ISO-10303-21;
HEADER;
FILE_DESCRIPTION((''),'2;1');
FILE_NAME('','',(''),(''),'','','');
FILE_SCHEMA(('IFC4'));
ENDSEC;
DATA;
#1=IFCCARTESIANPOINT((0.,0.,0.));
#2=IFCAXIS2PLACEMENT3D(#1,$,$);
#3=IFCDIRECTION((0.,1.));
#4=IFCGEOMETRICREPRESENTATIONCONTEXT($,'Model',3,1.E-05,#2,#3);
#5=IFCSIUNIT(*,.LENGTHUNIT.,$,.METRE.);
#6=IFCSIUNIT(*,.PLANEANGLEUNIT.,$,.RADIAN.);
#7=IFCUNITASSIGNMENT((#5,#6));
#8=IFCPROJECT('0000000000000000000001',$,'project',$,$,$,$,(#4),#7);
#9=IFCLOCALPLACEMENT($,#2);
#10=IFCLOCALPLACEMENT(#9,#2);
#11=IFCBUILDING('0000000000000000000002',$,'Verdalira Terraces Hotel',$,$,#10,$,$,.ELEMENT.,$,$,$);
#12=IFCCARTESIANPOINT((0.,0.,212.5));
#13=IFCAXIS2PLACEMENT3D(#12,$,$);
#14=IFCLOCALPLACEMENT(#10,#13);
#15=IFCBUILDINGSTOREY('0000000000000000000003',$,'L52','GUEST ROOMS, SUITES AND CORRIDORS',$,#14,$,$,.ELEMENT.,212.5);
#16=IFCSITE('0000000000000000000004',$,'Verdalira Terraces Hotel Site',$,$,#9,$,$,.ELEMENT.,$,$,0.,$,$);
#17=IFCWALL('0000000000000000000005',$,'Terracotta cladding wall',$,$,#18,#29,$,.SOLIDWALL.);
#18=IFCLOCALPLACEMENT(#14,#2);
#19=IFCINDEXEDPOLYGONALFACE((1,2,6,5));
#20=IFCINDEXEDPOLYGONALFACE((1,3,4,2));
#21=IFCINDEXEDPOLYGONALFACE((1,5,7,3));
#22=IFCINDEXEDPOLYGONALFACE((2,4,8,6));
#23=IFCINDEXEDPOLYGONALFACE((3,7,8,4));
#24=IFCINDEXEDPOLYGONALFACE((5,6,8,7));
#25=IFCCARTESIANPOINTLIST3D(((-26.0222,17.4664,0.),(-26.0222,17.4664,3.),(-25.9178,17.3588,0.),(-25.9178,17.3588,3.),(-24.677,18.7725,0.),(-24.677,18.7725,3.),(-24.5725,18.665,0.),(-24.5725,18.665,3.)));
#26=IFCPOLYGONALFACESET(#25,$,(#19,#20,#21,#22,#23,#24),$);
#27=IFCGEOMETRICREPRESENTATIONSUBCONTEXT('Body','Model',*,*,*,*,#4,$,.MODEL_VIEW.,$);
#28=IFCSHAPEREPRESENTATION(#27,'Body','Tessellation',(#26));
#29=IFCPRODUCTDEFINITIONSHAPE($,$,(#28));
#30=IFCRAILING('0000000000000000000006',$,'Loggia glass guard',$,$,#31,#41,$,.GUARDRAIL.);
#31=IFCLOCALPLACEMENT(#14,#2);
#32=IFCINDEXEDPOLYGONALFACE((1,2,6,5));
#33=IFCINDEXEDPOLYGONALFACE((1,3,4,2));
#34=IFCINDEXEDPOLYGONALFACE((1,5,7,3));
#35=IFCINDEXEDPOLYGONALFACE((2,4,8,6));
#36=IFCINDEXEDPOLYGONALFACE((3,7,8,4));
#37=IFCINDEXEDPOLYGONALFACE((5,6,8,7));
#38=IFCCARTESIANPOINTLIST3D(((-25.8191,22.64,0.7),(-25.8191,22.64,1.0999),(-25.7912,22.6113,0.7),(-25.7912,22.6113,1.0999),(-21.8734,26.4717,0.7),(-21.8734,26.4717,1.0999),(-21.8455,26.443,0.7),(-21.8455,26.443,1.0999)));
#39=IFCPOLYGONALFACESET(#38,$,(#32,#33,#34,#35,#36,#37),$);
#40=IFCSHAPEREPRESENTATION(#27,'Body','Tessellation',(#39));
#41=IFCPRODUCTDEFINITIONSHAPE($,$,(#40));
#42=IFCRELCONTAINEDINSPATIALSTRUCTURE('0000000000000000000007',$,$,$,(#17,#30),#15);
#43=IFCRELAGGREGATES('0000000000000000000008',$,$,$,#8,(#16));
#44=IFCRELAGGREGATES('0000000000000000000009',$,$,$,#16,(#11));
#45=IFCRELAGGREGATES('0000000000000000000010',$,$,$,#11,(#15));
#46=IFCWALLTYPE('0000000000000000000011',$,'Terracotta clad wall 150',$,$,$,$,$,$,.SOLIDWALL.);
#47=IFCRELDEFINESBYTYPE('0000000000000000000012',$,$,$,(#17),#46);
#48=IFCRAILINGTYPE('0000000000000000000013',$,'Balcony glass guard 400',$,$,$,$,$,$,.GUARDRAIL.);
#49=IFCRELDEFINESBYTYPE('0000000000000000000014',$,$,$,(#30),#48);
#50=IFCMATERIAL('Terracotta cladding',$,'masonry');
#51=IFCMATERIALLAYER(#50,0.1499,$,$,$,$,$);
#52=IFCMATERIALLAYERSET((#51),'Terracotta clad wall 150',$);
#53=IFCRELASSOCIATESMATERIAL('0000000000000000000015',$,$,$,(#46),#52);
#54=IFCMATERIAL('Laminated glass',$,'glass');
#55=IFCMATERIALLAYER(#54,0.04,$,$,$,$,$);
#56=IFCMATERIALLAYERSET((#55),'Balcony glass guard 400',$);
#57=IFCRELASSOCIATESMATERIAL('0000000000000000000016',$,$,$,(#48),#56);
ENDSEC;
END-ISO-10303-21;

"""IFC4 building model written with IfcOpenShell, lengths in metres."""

from ifc_helpers import new_model, si_unit, direction, frame, frame_2d, origin, origin_2d, place, context, subcontext, project, spatial, rectangle, extrude, material, layer, layer_set, type_object, element, save


model = new_model("IFC4")

# Units and contexts
model_context = context("Model", 3, precision=1e-05, world=origin(), true_north=direction((0.0, 1.0)))
body_context = subcontext(model_context, "Body", "Model", "MODEL_VIEW")
ifc_project = project(units=[si_unit("LENGTHUNIT", "METRE"), si_unit("PLANEANGLEUNIT", "RADIAN")], contexts=[model_context])

# Site, building, storey
site_placement = place(None, origin())
site = spatial("IfcSite", under=ifc_project, at=site_placement, Name="Verdalira Terraces Hotel Site", CompositionType="ELEMENT", RefElevation=0.0)
building_placement = place(site_placement, origin())
building = spatial("IfcBuilding", under=site, at=building_placement, Name="Verdalira Terraces Hotel", CompositionType="ELEMENT")
storey_placement = place(building_placement, frame((0.0, 0.0, 212.5)))
storey = spatial("IfcBuildingStorey", under=building, at=storey_placement, Name="L52", Description="GUEST ROOMS, SUITES AND CORRIDORS", CompositionType="ELEMENT", Elevation=212.5)

# Wall
ifc_material_1 = material(Name="Terracotta cladding", Category="masonry")
ifc_layer_1 = layer(ifc_material_1, 0.1499)
ifc_layer_set_1 = layer_set([ifc_layer_1], Name="Terracotta clad wall 150")
wall_type_1 = type_object("IfcWallType", Name="Terracotta clad wall 150", PredefinedType="SOLIDWALL", material=ifc_layer_set_1)
wall_1_placement = place(storey_placement, frame((-24.6248, 18.7188, 0.0), z_axis=(0.0, 0.0, 1.0), x_axis=(-0.717447, -0.696613, 0.0)))
element("IfcWall", 1, at=wall_1_placement, inside=storey, type_object=wall_type_1, Name="Terracotta cladding wall", PredefinedType="SOLIDWALL", context=body_context, shape_type="SweptSolid", body=[
    extrude(rectangle(XDim=1.875, YDim=0.1499, at=frame_2d((0.9375, 0.0))), origin(), (0.0, 0.0, 1.0), 3.0),
])

# Railing
ifc_material_2 = material(Name="Laminated glass", Category="glass")
ifc_layer_2 = layer(ifc_material_2, 0.04)
ifc_layer_set_2 = layer_set([ifc_layer_2], Name="Balcony glass guard 400")
railing_type = type_object("IfcRailingType", Name="Balcony glass guard 400", PredefinedType="GUARDRAIL", material=ifc_layer_set_2)
railing_placement = place(storey_placement, frame((-23.8323, 24.5415, 0.7), z_axis=(0.0, 0.0, 1.0), x_axis=(-0.717397, -0.696664, 0.0)))
element("IfcRailing", 2, at=railing_placement, inside=storey, type_object=railing_type, Name="Loggia glass guard", PredefinedType="GUARDRAIL", context=body_context, shape_type="SweptSolid", body=[
    extrude(rectangle(XDim=5.5, YDim=0.04, at=origin_2d()), origin(), (0.0, 0.0, 1.0), 0.3999),
])

save(model, "model.ifc")
